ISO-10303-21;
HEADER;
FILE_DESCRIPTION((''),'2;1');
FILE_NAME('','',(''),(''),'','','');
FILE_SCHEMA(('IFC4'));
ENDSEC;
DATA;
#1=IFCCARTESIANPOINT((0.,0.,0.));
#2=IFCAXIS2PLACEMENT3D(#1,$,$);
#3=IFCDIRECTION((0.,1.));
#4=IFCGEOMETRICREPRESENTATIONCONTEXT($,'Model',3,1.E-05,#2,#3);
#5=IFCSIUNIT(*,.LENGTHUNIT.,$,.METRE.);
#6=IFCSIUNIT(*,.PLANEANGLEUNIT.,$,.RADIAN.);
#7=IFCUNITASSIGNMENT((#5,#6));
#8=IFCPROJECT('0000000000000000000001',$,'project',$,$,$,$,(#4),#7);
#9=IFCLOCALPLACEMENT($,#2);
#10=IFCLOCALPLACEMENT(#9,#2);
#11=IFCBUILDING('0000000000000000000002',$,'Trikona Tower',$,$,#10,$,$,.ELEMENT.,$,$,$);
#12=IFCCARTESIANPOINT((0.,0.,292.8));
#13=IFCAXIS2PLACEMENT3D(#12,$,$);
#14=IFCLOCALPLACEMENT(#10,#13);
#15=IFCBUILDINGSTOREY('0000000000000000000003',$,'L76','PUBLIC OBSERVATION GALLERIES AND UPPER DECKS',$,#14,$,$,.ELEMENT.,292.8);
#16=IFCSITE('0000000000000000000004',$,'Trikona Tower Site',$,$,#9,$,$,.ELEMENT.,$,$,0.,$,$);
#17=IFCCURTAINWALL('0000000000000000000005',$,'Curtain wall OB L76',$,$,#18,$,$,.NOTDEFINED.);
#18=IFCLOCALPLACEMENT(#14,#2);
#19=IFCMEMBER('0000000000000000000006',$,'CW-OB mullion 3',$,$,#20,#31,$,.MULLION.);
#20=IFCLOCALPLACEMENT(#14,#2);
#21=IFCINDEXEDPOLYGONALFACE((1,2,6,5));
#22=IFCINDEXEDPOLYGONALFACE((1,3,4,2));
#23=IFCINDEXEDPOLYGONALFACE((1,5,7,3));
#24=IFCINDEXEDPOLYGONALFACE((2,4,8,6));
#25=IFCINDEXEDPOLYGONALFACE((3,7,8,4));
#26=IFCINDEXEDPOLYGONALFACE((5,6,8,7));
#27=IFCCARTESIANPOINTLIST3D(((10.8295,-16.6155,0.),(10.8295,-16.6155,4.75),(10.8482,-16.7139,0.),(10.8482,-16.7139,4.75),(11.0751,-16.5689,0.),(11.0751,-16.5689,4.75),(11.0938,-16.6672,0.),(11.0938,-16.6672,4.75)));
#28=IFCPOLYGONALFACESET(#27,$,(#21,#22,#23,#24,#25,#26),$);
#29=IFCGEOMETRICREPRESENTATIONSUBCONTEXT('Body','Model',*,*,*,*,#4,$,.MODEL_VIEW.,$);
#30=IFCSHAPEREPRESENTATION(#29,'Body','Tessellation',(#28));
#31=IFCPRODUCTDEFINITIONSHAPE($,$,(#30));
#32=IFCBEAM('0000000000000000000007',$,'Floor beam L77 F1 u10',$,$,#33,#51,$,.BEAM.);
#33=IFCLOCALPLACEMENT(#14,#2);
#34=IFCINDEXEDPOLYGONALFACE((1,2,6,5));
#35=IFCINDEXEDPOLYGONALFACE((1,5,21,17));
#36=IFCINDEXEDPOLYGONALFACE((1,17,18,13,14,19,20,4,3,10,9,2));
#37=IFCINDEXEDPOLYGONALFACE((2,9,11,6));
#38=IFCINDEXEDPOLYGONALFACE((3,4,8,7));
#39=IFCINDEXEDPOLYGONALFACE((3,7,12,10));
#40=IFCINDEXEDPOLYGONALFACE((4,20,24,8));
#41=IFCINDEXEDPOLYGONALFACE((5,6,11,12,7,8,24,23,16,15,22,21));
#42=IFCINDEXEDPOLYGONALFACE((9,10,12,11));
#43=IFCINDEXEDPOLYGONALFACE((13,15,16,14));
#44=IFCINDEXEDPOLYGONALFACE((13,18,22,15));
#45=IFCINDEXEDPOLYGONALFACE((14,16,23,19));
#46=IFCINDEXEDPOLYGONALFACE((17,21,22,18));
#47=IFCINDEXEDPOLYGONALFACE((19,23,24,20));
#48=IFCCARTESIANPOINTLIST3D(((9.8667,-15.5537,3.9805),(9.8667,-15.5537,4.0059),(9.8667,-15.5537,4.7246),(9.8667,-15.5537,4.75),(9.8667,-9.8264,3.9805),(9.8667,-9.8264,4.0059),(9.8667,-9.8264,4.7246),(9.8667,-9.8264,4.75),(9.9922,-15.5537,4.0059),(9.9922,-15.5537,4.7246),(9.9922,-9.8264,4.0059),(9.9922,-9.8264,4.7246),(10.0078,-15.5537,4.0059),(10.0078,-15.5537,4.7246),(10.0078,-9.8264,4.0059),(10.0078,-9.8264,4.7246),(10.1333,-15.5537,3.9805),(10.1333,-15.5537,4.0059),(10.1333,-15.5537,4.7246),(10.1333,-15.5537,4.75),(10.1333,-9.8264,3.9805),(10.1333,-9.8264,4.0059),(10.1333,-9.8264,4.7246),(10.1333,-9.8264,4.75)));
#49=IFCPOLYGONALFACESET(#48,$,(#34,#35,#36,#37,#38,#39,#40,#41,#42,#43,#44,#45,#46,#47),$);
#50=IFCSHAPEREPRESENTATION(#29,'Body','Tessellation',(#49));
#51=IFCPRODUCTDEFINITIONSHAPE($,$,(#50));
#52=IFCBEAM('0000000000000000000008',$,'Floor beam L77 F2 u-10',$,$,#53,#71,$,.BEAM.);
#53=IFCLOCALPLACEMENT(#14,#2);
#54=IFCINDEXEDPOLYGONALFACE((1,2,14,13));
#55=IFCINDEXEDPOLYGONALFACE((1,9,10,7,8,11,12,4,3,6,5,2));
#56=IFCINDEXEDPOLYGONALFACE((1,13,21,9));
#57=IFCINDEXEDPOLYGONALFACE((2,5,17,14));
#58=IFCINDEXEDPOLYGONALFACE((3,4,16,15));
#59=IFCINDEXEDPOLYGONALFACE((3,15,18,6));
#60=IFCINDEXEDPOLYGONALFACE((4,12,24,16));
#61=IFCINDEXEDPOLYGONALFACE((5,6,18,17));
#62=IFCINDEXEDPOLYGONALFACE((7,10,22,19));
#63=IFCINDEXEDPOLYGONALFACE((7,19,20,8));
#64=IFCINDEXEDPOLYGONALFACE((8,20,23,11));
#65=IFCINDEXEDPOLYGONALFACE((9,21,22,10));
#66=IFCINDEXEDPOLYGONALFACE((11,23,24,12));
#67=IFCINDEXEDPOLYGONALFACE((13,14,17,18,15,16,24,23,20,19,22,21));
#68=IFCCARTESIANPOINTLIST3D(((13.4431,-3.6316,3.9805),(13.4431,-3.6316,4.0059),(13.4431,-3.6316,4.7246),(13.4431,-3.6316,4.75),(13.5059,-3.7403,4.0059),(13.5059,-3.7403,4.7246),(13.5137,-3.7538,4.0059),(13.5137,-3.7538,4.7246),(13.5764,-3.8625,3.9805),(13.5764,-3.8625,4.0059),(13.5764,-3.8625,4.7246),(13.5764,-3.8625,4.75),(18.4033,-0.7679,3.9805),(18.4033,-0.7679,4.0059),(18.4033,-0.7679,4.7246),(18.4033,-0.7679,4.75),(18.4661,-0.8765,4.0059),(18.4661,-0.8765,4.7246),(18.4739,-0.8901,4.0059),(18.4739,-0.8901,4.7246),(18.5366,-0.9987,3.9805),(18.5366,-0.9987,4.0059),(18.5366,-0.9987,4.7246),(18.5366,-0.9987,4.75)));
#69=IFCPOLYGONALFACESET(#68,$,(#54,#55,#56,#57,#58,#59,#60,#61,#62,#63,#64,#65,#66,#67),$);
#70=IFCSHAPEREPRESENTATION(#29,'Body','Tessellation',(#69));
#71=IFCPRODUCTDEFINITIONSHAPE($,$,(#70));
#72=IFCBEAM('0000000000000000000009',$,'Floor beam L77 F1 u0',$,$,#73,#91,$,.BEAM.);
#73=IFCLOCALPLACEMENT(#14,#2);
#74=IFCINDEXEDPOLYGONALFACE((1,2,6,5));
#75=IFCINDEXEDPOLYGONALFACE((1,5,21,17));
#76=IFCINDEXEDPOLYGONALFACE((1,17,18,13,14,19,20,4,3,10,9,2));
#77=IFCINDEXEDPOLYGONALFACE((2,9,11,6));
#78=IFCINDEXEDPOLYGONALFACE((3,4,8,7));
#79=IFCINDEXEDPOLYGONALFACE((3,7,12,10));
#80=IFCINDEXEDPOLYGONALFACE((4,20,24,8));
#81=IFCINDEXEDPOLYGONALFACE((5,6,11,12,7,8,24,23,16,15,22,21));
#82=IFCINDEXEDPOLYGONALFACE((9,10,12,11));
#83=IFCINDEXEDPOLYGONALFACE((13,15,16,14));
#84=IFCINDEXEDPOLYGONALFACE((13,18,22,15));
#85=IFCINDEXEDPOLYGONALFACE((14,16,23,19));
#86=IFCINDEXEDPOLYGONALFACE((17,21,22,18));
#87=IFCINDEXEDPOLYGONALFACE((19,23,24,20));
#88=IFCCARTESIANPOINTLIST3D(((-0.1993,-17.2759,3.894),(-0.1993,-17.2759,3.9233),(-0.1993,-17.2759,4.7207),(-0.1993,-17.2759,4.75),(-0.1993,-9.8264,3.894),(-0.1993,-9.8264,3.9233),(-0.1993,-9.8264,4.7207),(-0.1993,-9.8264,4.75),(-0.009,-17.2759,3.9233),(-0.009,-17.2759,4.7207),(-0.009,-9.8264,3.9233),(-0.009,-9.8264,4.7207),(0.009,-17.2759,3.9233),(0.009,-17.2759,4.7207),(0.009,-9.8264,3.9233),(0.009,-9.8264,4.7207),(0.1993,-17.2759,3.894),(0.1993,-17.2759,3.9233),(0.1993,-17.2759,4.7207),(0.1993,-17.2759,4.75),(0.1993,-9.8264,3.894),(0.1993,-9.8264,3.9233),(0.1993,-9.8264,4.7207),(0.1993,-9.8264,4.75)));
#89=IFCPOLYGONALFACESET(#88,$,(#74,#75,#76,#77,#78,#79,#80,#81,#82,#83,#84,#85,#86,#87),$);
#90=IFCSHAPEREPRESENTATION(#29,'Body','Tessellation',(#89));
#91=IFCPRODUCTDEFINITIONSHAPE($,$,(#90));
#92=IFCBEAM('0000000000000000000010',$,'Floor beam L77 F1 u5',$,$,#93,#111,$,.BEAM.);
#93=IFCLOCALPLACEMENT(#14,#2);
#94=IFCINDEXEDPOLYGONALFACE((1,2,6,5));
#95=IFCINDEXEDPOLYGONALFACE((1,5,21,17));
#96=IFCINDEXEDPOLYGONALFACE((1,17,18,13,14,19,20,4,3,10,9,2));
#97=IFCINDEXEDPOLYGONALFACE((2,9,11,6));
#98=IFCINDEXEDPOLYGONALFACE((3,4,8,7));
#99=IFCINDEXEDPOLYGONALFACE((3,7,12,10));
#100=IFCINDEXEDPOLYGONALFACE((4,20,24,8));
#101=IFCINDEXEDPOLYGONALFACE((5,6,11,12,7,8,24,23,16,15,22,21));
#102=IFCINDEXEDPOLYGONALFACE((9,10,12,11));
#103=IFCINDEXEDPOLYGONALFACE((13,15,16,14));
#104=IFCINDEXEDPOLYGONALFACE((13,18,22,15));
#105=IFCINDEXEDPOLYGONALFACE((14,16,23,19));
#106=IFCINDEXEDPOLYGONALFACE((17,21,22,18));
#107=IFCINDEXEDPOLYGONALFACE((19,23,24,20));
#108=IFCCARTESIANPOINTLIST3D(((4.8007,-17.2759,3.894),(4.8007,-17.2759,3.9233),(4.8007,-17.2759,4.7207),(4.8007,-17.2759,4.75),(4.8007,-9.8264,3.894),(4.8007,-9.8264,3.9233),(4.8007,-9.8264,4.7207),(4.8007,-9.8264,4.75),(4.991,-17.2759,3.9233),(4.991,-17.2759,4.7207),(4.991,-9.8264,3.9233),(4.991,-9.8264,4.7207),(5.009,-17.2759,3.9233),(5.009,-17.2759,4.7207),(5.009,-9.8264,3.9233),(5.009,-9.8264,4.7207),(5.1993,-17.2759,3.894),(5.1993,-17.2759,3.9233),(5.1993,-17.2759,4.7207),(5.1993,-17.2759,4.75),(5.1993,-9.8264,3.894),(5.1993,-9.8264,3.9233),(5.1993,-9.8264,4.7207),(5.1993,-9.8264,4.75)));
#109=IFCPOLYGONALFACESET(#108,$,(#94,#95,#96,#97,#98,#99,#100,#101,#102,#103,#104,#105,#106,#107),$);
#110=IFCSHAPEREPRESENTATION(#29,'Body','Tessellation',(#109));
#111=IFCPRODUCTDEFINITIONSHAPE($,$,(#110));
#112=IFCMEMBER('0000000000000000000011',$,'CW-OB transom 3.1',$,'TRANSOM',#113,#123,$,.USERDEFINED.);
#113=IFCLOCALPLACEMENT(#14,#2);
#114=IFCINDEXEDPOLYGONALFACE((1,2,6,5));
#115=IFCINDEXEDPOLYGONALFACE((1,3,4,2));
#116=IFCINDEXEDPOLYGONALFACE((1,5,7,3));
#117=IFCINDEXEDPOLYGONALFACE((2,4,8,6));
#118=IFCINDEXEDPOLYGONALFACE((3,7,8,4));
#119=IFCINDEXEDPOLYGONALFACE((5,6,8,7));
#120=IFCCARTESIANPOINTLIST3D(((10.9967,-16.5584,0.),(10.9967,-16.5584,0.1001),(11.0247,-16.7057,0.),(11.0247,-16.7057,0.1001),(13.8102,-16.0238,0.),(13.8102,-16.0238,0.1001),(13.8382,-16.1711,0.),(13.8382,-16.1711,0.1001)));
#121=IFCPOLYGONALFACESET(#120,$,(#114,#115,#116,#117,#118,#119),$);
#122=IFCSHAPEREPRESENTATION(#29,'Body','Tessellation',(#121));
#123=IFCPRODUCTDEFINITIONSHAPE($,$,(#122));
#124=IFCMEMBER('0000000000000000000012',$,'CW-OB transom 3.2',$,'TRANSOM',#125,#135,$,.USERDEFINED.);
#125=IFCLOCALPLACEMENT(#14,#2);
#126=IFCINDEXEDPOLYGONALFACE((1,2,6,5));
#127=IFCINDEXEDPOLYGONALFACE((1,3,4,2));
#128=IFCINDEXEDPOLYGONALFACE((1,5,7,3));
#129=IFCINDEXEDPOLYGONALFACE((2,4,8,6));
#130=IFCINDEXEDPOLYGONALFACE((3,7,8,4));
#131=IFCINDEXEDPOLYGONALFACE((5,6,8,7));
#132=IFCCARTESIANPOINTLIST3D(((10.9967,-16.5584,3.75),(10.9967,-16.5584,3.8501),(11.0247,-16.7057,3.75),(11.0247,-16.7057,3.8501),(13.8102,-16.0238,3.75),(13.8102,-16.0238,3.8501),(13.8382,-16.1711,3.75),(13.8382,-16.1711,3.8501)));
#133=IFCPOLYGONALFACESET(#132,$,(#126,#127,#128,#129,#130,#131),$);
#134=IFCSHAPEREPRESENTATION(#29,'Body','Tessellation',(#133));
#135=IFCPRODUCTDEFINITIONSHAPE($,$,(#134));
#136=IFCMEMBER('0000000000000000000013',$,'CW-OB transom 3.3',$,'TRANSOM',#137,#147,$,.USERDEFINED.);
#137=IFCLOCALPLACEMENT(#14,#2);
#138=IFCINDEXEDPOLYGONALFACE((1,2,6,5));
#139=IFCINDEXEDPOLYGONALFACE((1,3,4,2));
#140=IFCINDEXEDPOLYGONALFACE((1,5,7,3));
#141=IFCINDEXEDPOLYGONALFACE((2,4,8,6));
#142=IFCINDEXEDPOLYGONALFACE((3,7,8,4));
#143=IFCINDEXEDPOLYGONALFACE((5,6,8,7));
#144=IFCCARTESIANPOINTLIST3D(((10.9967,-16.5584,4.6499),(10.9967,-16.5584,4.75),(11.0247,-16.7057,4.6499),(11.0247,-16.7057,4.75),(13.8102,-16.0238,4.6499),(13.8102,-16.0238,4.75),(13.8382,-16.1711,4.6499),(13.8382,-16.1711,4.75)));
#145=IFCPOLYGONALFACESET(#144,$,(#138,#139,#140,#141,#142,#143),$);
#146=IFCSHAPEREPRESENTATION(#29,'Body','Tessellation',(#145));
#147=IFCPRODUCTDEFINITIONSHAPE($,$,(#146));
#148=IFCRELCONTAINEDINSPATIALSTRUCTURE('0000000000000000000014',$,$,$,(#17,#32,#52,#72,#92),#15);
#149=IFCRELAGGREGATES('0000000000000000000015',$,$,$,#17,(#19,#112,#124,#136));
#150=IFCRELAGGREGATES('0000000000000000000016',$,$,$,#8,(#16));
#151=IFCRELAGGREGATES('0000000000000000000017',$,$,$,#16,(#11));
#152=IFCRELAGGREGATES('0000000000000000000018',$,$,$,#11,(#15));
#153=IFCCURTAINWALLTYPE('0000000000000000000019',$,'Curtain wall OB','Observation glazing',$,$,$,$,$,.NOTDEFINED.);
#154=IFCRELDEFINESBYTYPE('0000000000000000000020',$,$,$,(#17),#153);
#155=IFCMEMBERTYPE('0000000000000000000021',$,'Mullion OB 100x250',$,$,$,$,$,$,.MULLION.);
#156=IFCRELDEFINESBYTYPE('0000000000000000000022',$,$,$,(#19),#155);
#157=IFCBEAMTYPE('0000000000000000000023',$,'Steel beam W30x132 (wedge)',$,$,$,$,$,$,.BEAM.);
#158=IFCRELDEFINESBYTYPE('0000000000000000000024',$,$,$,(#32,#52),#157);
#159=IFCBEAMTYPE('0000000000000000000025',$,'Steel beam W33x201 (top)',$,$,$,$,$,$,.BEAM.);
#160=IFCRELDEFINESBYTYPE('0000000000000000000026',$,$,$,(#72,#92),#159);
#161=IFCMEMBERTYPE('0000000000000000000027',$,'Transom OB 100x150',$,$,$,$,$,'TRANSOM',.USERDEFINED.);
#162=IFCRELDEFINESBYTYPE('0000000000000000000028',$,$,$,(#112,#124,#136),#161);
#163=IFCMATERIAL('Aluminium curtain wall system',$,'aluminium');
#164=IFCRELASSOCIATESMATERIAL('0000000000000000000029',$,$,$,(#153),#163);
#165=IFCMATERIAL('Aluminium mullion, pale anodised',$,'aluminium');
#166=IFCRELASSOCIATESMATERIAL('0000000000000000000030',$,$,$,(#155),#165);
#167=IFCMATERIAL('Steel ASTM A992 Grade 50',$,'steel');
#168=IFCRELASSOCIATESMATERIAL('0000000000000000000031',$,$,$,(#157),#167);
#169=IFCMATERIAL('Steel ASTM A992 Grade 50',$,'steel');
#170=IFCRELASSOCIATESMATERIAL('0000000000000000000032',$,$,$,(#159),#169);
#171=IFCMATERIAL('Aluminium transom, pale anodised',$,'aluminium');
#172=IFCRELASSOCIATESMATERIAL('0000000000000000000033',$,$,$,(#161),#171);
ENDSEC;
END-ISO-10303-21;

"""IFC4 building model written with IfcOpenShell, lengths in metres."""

from ifc_helpers import new_model, si_unit, direction, frame, origin, origin_2d, place, context, subcontext, project, spatial, rectangle, i_section, extrude, material, material_profile, profile_set, type_object, element, aggregate, save


model = new_model("IFC4")

# Units and contexts
model_context = context("Model", 3, precision=1e-05, world=origin(), true_north=direction((0.0, 1.0)))
body_context = subcontext(model_context, "Body", "Model", "MODEL_VIEW")
ifc_project = project(units=[si_unit("LENGTHUNIT", "METRE"), si_unit("PLANEANGLEUNIT", "RADIAN")], contexts=[model_context])

# Site, building, storey
site_placement = place(None, origin())
site = spatial("IfcSite", under=ifc_project, at=site_placement, Name="Trikona Tower Site", CompositionType="ELEMENT", RefElevation=0.0)
building_placement = place(site_placement, origin())
building = spatial("IfcBuilding", under=site, at=building_placement, Name="Trikona Tower", CompositionType="ELEMENT")
storey_placement = place(building_placement, frame((0.0, 0.0, 292.8)))
storey = spatial("IfcBuildingStorey", under=building, at=storey_placement, Name="L76", Description="PUBLIC OBSERVATION GALLERIES AND UPPER DECKS", CompositionType="ELEMENT", Elevation=292.8)

# Curtain wall, member
ifc_material_1 = material(Name="Aluminium curtain wall system", Category="aluminium")
curtain_wall_type = type_object("IfcCurtainWallType", Name="Curtain wall OB", Description="Observation glazing", PredefinedType="NOTDEFINED", material=ifc_material_1)
curtain_wall_placement = place(storey_placement, origin())
curtain_wall = element("IfcCurtainWall", 1, at=curtain_wall_placement, inside=storey, type_object=curtain_wall_type, Name="Curtain wall OB L76", PredefinedType="NOTDEFINED")
ifc_material_2 = material(Name="Aluminium mullion, pale anodised", Category="aluminium")
ifc_material_profile_1 = material_profile(ifc_material_2, rectangle(XDim=0.1001, YDim=0.25, at=origin_2d()), Name="MUL-OB")
ifc_profile_set_1 = profile_set([ifc_material_profile_1], Name="Aluminium mullion, pale anodised")
member_type_1 = type_object("IfcMemberType", Name="Mullion OB 100x250", PredefinedType="MULLION", material=ifc_profile_set_1)
member_1_placement = place(storey_placement, frame((10.9617, -16.6414, 0.0), z_axis=(0.0, 0.0, 1.0), x_axis=(-0.186661, 0.982424, 0.0)))
member_1 = element("IfcMember", 2, at=member_1_placement, type_object=member_type_1, Name="CW-OB mullion 3", PredefinedType="MULLION", context=body_context, shape_type="SweptSolid", body=[
    extrude(rectangle(XDim=0.1001, YDim=0.25, at=origin_2d()), origin(), (0.0, 0.0, 1.0), 4.75),
])

# Beams
ifc_material_3 = material(Name="Steel ASTM A992 Grade 50", Category="steel")
ifc_material_profile_2 = material_profile(ifc_material_3, i_section(OverallWidth=0.2666, OverallDepth=0.7695, WebThickness=0.0156, FlangeThickness=0.0254, at=origin_2d()), Name="W30X132")
ifc_profile_set_2 = profile_set([ifc_material_profile_2], Name="Steel ASTM A992 Grade 50")
beam_type_1 = type_object("IfcBeamType", Name="Steel beam W30x132 (wedge)", PredefinedType="BEAM", material=ifc_profile_set_2)
beam_1_placement = place(storey_placement, frame((10.0, -9.8264, 4.3652), z_axis=(0.0, -1.0, 0.0), x_axis=(1.0, 0.0, 0.0)))
element("IfcBeam", 3, at=beam_1_placement, inside=storey, type_object=beam_type_1, Name="Floor beam L77 F1 u10", PredefinedType="BEAM", context=body_context, shape_type="SweptSolid", body=[
    extrude(i_section(OverallWidth=0.2666, OverallDepth=0.7695, WebThickness=0.0156, FlangeThickness=0.0254, at=origin_2d()), origin(), (0.0, 0.0, 1.0), 5.7273),
])
beam_2_placement = place(storey_placement, frame((13.5098, -3.7471, 4.3652), z_axis=(0.866026, 0.499999, 0.0), x_axis=(-0.499999, 0.866026, 0.0)))
element("IfcBeam", 4, at=beam_2_placement, inside=storey, type_object=beam_type_1, Name="Floor beam L77 F2 u-10", PredefinedType="BEAM", context=body_context, shape_type="SweptSolid", body=[
    extrude(i_section(OverallWidth=0.2666, OverallDepth=0.7695, WebThickness=0.0156, FlangeThickness=0.0254, at=origin_2d()), origin(), (0.0, 0.0, 1.0), 5.7275),
])
ifc_material_4 = material(Name="Steel ASTM A992 Grade 50", Category="steel")
ifc_material_profile_3 = material_profile(ifc_material_4, i_section(OverallWidth=0.3987, OverallDepth=0.856, WebThickness=0.0181, FlangeThickness=0.0293, at=origin_2d()), Name="W33X201")
ifc_profile_set_3 = profile_set([ifc_material_profile_3], Name="Steel ASTM A992 Grade 50")
beam_type_2 = type_object("IfcBeamType", Name="Steel beam W33x201 (top)", PredefinedType="BEAM", material=ifc_profile_set_3)
for number, where, z_axis, x_axis, name in (
    (5, (0.0, -9.8264, 4.322), (0.0, -1.0, 0.0), (1.0, 0.0, 0.0), "Floor beam L77 F1 u0"),
    (6, (5.0, -9.8264, 4.322), (0.0, -1.0, 0.0), (1.0, 0.0, 0.0), "Floor beam L77 F1 u5"),
):
    element("IfcBeam", number, at=place(storey_placement, frame(where, z_axis=z_axis, x_axis=x_axis)), inside=storey, type_object=beam_type_2, Name=name, PredefinedType="BEAM", context=body_context, shape_type="SweptSolid", body=[
        extrude(i_section(OverallWidth=0.3987, OverallDepth=0.856, WebThickness=0.0181, FlangeThickness=0.0293, at=origin_2d()), origin(), (0.0, 0.0, 1.0), 7.4495),
    ])

# Members
ifc_material_5 = material(Name="Aluminium transom, pale anodised", Category="aluminium")
ifc_material_profile_4 = material_profile(ifc_material_5, rectangle(XDim=0.1499, YDim=0.1001, at=origin_2d()), Name="TRN-OB")
ifc_profile_set_4 = profile_set([ifc_material_profile_4], Name="Aluminium transom, pale anodised")
member_type_2 = type_object("IfcMemberType", Name="Transom OB 100x150", ElementType="TRANSOM", PredefinedType="USERDEFINED", material=ifc_profile_set_4)
member_2_placement = place(storey_placement, frame((11.0107, -16.6321, 0.05), z_axis=(0.982418, 0.186697, 0.0), x_axis=(-0.186697, 0.982418, 0.0)))
member_2 = element("IfcMember", 7, at=member_2_placement, type_object=member_type_2, Name="CW-OB transom 3.1", ObjectType="TRANSOM", PredefinedType="USERDEFINED", context=body_context, shape_type="SweptSolid", body=[
    extrude(rectangle(XDim=0.1499, YDim=0.1001, at=origin_2d()), origin(), (0.0, 0.0, 1.0), 2.8638),
])
member_3_placement = place(storey_placement, frame((11.0107, -16.6321, 3.8), z_axis=(0.982418, 0.186697, 0.0), x_axis=(-0.186697, 0.982418, 0.0)))
member_3 = element("IfcMember", 8, at=member_3_placement, type_object=member_type_2, Name="CW-OB transom 3.2", ObjectType="TRANSOM", PredefinedType="USERDEFINED", context=body_context, shape_type="SweptSolid", body=[
    extrude(rectangle(XDim=0.1499, YDim=0.1001, at=origin_2d()), origin(), (0.0, 0.0, 1.0), 2.8638),
])
member_4_placement = place(storey_placement, frame((11.0107, -16.6321, 4.7), z_axis=(0.982418, 0.186697, 0.0), x_axis=(-0.186697, 0.982418, 0.0)))
member_4 = element("IfcMember", 9, at=member_4_placement, type_object=member_type_2, Name="CW-OB transom 3.3", ObjectType="TRANSOM", PredefinedType="USERDEFINED", context=body_context, shape_type="SweptSolid", body=[
    extrude(rectangle(XDim=0.1499, YDim=0.1001, at=origin_2d()), origin(), (0.0, 0.0, 1.0), 2.8638),
])

aggregate(curtain_wall, [member_1, member_2, member_3, member_4])

save(model, "model.ifc")
